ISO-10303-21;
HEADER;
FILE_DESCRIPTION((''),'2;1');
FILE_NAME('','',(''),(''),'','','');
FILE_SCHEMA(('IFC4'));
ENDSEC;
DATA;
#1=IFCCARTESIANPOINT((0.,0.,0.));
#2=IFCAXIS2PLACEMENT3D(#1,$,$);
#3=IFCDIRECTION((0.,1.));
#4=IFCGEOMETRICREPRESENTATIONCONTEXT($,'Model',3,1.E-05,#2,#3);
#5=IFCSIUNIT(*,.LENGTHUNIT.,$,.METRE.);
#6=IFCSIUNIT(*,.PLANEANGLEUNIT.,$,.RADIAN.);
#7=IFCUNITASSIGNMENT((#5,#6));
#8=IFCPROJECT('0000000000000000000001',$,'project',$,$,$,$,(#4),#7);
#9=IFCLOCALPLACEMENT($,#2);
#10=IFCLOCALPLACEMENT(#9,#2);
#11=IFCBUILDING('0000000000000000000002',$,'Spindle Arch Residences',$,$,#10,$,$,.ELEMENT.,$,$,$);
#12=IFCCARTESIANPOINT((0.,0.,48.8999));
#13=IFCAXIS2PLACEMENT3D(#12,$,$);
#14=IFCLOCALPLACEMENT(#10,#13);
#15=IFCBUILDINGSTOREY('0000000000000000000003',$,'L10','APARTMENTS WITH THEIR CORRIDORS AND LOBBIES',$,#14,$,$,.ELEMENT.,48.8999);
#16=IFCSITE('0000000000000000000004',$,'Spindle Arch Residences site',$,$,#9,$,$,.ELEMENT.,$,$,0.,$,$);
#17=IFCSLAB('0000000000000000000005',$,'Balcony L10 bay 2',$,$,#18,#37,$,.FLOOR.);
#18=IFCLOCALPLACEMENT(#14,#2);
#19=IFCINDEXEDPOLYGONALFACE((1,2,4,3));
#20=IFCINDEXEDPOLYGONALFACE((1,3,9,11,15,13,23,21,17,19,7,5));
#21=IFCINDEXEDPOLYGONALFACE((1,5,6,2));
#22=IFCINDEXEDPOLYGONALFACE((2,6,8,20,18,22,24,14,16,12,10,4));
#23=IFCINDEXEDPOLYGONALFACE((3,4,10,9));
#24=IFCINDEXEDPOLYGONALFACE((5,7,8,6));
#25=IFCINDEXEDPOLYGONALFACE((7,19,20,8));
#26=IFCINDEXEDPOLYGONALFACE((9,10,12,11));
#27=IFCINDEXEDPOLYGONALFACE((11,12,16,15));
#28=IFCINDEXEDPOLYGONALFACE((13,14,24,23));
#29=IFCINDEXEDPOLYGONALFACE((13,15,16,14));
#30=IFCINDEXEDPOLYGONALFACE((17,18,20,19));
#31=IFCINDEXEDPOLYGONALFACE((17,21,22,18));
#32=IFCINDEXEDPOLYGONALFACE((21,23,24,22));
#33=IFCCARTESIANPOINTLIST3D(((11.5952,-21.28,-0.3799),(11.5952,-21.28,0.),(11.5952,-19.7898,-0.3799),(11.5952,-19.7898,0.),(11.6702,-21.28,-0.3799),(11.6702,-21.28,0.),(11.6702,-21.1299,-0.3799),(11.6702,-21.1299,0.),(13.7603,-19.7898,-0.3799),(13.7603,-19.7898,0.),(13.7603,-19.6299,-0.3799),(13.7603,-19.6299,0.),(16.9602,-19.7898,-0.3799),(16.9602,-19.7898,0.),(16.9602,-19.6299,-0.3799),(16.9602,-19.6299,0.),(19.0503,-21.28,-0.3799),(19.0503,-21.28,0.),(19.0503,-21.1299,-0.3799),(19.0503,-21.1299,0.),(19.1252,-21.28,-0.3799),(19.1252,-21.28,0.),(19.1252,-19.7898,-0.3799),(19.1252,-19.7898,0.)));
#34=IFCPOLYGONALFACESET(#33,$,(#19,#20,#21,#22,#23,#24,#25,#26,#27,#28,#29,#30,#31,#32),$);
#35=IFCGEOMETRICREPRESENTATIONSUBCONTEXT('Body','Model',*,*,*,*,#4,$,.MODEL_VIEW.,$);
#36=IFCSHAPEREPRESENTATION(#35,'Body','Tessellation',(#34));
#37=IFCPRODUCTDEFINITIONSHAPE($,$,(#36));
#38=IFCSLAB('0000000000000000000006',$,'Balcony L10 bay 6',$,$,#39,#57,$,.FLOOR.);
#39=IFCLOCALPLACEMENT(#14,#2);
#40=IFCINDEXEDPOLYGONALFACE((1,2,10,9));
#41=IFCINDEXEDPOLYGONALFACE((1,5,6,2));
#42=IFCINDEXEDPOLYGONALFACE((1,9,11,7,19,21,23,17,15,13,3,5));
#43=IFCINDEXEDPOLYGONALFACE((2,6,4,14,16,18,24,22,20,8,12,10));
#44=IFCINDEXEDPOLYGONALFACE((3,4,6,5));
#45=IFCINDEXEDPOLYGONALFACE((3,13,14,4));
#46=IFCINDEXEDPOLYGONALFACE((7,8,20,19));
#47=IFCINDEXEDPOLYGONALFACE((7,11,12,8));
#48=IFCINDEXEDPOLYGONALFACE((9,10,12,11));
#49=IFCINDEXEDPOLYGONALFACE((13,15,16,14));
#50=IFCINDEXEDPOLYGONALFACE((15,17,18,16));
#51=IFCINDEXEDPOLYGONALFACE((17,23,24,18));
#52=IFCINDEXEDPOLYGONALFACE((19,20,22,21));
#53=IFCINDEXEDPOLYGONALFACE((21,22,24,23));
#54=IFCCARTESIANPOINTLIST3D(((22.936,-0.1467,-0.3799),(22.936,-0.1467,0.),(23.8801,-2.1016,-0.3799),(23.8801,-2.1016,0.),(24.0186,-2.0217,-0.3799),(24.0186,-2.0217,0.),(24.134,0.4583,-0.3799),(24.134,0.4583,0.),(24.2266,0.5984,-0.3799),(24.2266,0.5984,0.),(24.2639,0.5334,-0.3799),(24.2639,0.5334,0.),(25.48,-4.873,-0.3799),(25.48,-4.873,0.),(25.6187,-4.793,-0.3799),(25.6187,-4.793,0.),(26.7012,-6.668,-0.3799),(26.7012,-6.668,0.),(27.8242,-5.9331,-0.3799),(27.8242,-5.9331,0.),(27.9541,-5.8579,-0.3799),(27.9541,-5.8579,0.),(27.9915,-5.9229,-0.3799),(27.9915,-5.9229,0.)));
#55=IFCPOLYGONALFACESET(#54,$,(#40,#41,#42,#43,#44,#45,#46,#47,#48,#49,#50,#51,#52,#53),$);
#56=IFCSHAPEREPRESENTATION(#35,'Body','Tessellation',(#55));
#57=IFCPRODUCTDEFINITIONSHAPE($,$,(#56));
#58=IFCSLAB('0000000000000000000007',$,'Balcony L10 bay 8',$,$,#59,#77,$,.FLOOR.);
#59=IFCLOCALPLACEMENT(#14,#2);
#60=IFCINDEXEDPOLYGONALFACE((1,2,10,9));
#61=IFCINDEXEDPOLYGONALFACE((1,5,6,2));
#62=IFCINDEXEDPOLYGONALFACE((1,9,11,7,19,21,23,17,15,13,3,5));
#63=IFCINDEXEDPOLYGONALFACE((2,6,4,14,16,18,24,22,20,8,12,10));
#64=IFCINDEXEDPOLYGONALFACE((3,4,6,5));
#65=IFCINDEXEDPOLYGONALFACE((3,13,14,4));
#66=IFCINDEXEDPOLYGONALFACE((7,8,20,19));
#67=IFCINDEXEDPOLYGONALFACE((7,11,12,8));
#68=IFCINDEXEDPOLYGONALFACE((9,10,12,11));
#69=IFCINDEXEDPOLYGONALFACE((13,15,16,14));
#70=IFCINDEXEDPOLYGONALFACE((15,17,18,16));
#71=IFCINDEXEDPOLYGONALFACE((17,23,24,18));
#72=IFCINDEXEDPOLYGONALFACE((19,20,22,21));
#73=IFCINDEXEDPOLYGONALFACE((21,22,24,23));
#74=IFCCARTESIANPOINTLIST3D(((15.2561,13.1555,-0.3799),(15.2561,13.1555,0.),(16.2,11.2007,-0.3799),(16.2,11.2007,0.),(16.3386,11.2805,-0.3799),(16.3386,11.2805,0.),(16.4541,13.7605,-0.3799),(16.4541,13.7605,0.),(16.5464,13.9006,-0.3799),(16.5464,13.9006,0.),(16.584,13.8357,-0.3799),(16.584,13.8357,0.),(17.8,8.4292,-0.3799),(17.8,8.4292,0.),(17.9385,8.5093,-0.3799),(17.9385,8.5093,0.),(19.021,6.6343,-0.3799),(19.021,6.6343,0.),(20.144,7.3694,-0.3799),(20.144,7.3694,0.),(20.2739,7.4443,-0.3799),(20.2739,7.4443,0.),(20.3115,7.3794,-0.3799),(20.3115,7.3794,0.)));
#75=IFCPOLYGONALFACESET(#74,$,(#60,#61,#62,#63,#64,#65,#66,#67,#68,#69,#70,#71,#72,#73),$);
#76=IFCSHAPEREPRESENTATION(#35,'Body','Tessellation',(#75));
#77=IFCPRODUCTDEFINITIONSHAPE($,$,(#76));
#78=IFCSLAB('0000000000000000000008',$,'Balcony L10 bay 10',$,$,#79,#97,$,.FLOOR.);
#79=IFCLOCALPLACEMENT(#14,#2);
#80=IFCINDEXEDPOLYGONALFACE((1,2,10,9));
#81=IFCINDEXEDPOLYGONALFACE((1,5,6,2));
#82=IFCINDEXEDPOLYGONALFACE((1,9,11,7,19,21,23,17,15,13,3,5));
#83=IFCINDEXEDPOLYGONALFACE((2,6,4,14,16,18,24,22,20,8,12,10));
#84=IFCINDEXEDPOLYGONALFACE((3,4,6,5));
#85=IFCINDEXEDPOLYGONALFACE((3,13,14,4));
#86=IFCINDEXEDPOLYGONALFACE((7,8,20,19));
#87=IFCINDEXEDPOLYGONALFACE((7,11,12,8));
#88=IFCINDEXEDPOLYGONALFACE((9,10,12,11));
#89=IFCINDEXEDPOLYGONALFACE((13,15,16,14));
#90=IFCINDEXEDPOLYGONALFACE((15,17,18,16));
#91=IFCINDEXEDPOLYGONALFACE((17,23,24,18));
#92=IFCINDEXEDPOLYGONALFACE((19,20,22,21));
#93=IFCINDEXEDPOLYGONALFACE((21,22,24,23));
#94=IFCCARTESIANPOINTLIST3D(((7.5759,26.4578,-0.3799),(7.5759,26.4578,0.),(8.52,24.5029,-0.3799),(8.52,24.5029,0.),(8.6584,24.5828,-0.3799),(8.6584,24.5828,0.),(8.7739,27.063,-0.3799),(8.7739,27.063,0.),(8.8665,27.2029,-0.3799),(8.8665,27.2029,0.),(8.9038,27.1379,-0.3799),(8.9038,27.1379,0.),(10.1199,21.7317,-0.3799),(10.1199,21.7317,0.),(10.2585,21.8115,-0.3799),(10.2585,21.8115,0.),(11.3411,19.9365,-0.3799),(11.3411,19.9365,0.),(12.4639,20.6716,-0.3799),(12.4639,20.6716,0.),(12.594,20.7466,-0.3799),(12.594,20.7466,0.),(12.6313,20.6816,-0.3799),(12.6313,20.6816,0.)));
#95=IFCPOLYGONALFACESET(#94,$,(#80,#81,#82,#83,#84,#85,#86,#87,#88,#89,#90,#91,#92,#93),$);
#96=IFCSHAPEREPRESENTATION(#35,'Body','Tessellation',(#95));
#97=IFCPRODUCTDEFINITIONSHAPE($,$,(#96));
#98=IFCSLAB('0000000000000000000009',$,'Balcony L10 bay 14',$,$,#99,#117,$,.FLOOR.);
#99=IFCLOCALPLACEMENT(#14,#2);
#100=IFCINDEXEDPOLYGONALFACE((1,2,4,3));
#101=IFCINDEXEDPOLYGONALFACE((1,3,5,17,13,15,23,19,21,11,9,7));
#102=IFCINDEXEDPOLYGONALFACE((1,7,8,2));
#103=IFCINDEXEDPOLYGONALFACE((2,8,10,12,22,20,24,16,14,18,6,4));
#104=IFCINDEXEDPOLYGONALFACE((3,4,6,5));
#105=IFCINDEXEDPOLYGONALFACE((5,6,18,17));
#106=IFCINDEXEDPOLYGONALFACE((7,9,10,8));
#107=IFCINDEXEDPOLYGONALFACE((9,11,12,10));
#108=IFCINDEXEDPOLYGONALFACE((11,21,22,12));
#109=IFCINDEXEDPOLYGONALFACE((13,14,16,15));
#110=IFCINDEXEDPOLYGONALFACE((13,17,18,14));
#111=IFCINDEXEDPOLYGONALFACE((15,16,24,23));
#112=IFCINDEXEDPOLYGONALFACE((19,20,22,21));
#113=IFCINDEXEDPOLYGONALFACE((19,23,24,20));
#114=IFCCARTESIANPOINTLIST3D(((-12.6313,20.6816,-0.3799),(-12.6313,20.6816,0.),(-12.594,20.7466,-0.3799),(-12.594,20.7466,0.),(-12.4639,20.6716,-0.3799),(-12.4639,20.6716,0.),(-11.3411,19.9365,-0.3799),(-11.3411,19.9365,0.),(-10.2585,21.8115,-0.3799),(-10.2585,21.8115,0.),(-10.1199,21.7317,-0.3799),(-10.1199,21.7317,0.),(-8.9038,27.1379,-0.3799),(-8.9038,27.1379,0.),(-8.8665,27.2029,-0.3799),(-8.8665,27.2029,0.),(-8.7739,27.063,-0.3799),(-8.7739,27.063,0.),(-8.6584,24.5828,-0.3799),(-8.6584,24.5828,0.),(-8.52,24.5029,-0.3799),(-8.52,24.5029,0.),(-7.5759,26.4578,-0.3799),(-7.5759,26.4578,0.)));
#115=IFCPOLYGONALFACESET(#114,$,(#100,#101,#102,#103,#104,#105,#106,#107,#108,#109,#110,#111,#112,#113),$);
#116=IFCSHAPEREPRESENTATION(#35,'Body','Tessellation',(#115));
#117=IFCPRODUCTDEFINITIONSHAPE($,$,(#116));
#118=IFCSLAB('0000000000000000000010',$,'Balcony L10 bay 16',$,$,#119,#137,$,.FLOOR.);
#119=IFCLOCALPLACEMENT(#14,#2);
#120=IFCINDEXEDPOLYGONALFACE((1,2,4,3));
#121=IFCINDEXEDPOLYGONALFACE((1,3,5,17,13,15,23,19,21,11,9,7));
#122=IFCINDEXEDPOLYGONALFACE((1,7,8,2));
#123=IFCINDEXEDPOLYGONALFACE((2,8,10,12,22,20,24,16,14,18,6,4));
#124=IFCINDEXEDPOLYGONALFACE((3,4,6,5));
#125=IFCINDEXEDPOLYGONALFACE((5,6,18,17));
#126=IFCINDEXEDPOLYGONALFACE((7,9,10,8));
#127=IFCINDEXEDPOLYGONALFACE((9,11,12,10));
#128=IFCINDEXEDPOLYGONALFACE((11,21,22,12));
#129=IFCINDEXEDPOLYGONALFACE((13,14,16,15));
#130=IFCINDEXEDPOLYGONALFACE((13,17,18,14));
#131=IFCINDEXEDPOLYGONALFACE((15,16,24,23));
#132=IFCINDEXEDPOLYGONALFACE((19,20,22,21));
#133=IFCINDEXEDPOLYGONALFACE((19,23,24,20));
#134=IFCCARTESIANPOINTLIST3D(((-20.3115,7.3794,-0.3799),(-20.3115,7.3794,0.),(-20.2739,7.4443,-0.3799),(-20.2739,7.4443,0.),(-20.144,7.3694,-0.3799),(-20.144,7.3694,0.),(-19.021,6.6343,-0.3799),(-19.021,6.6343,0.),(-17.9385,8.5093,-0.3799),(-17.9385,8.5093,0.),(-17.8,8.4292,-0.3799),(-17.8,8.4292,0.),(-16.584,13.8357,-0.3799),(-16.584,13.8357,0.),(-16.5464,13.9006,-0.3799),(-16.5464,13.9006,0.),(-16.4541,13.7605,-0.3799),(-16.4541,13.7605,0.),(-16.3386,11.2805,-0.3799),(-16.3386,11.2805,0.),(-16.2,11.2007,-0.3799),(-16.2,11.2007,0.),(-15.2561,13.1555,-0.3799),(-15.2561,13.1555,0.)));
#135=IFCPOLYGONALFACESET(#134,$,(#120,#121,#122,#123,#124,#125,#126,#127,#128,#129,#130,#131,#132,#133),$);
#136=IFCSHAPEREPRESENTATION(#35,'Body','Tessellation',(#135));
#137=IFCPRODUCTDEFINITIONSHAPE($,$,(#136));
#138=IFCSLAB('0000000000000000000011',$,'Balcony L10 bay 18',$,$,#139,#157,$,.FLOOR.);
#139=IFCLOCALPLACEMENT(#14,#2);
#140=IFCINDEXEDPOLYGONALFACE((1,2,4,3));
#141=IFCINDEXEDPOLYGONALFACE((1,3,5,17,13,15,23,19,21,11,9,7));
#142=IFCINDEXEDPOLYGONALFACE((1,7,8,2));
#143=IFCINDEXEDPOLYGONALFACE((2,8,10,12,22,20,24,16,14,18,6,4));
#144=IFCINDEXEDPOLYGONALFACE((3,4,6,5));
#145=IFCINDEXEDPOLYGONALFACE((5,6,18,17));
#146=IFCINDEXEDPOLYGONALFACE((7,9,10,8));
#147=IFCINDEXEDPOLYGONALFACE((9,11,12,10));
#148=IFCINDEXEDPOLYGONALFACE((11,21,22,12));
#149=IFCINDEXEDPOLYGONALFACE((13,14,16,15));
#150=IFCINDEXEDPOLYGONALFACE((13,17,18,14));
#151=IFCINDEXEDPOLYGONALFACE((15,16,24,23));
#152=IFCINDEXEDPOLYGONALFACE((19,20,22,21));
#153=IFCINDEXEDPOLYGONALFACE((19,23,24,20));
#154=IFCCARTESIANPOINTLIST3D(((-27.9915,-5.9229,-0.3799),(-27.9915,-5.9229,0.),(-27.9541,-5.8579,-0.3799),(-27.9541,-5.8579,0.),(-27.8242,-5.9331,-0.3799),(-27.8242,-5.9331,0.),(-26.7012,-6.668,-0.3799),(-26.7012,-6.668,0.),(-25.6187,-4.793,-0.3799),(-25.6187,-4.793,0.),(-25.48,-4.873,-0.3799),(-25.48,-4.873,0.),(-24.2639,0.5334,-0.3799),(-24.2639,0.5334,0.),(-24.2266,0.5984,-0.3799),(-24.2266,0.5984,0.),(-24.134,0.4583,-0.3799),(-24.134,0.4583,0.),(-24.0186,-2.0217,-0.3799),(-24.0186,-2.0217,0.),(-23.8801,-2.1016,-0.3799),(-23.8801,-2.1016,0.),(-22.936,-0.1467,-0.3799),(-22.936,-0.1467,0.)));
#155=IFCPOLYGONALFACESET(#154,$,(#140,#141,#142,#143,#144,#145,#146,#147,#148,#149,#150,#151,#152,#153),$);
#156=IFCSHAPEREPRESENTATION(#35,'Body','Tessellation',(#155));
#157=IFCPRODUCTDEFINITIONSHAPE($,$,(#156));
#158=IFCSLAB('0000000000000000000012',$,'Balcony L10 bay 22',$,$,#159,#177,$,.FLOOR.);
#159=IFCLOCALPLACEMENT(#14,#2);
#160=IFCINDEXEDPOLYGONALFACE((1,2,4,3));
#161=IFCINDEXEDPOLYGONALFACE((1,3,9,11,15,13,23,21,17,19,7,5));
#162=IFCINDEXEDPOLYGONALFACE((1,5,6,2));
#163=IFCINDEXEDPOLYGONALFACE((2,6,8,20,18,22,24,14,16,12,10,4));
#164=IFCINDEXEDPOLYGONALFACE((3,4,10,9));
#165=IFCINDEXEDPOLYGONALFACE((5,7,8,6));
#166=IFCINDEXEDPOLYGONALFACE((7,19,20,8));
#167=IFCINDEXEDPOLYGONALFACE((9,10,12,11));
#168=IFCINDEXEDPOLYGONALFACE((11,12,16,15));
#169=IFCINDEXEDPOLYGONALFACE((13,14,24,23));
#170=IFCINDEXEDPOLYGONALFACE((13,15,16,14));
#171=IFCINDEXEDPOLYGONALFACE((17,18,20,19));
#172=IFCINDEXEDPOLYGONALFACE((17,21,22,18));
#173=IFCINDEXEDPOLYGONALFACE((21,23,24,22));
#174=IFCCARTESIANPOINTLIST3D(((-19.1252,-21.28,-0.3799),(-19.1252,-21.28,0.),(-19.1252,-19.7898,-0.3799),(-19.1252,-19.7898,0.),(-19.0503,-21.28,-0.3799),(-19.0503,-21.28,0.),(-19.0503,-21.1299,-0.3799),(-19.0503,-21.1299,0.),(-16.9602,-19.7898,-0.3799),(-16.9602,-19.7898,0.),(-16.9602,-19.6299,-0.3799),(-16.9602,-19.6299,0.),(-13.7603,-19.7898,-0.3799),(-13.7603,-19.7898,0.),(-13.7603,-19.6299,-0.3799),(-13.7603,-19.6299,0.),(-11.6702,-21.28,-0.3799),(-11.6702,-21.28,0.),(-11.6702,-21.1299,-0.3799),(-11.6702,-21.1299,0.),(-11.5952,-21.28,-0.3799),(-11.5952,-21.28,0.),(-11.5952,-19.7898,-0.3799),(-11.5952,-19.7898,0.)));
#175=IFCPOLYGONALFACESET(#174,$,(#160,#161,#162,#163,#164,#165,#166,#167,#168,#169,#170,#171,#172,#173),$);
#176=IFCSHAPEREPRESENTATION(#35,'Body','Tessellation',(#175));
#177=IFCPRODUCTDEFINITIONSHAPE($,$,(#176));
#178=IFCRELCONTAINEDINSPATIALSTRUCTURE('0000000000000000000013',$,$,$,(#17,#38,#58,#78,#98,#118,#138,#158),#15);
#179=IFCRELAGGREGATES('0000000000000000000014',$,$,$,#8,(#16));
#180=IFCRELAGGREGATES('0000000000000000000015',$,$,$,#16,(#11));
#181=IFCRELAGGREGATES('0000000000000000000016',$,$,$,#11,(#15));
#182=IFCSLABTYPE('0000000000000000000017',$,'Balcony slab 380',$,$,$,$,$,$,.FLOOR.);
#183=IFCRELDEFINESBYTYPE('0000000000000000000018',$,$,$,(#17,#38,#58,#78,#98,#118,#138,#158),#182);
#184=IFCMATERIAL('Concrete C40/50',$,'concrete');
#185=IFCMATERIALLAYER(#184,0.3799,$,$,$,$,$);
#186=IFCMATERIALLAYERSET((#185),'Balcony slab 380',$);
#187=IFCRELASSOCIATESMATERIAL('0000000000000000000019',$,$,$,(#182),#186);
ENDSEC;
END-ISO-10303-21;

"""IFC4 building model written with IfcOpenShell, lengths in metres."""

from ifc_helpers import new_model, si_unit, direction, frame, origin, place, context, subcontext, project, spatial, polyline, outline, extrude, material, layer, layer_set, type_object, element, save


model = new_model("IFC4")

# Units and contexts
model_context = context("Model", 3, precision=1e-05, world=origin(), true_north=direction((0.0, 1.0)))
body_context = subcontext(model_context, "Body", "Model", "MODEL_VIEW")
ifc_project = project(units=[si_unit("LENGTHUNIT", "METRE"), si_unit("PLANEANGLEUNIT", "RADIAN")], contexts=[model_context])

# Site, building, storey
site_placement = place(None, origin())
site = spatial("IfcSite", under=ifc_project, at=site_placement, Name="Spindle Arch Residences site", CompositionType="ELEMENT", RefElevation=0.0)
building_placement = place(site_placement, origin())
building = spatial("IfcBuilding", under=site, at=building_placement, Name="Spindle Arch Residences", CompositionType="ELEMENT")
storey_placement = place(building_placement, frame((0.0, 0.0, 48.8999)))
storey = spatial("IfcBuildingStorey", under=building, at=storey_placement, Name="L10", Description="APARTMENTS WITH THEIR CORRIDORS AND LOBBIES", CompositionType="ELEMENT", Elevation=48.8999)

# Slabs
ifc_material_1 = material(Name="Concrete C40/50", Category="concrete")
ifc_layer_1 = layer(ifc_material_1, 0.3799)
ifc_layer_set_1 = layer_set([ifc_layer_1], Name="Balcony slab 380")
slab_type_1 = type_object("IfcSlabType", Name="Balcony slab 380", PredefinedType="FLOOR", material=ifc_layer_set_1)
slab_1_placement = place(storey_placement, frame((0.0, 0.0, -0.3799)))
element("IfcSlab", 1, at=slab_1_placement, inside=storey, type_object=slab_type_1, Name="Balcony L10 bay 2", PredefinedType="FLOOR", context=body_context, shape_type="SweptSolid", body=[
    extrude(outline(polyline([(11.5952, -21.28), (11.6702, -21.28), (11.6702, -21.1299), (19.0503, -21.1299), (19.0503, -21.28), (19.1252, -21.28), (19.1252, -19.7898), (16.9602, -19.7898), (16.9602, -19.6299), (13.7603, -19.6299), (13.7603, -19.7898), (11.5952, -19.7898), (11.5952, -21.28)])), origin(), (0.0, 0.0, 1.0), 0.3799),
])
slab_2_placement = place(storey_placement, frame((0.0, 0.0, -0.3799)))
element("IfcSlab", 2, at=slab_2_placement, inside=storey, type_object=slab_type_1, Name="Balcony L10 bay 6", PredefinedType="FLOOR", context=body_context, shape_type="SweptSolid", body=[
    extrude(outline(polyline([(27.9915, -5.9229), (27.9541, -5.8579), (27.8242, -5.9331), (24.134, 0.4583), (24.2639, 0.5334), (24.2266, 0.5984), (22.936, -0.1467), (24.0186, -2.0217), (23.8801, -2.1016), (25.48, -4.873), (25.6187, -4.793), (26.7012, -6.668), (27.9915, -5.9229)])), origin(), (0.0, 0.0, 1.0), 0.3799),
])
slab_3_placement = place(storey_placement, frame((0.0, 0.0, -0.3799)))
element("IfcSlab", 3, at=slab_3_placement, inside=storey, type_object=slab_type_1, Name="Balcony L10 bay 8", PredefinedType="FLOOR", context=body_context, shape_type="SweptSolid", body=[
    extrude(outline(polyline([(20.3115, 7.3794), (20.2739, 7.4443), (20.144, 7.3694), (16.4541, 13.7605), (16.584, 13.8357), (16.5464, 13.9006), (15.2561, 13.1555), (16.3386, 11.2805), (16.2, 11.2007), (17.8, 8.4292), (17.9385, 8.5093), (19.021, 6.6343), (20.3115, 7.3794)])), origin(), (0.0, 0.0, 1.0), 0.3799),
])
slab_4_placement = place(storey_placement, frame((0.0, 0.0, -0.3799)))
element("IfcSlab", 4, at=slab_4_placement, inside=storey, type_object=slab_type_1, Name="Balcony L10 bay 10", PredefinedType="FLOOR", context=body_context, shape_type="SweptSolid", body=[
    extrude(outline(polyline([(12.6313, 20.6816), (12.594, 20.7466), (12.4639, 20.6716), (8.7739, 27.063), (8.9038, 27.1379), (8.8665, 27.2029), (7.5759, 26.4578), (8.6584, 24.5828), (8.52, 24.5029), (10.1199, 21.7317), (10.2585, 21.8115), (11.3411, 19.9365), (12.6313, 20.6816)])), origin(), (0.0, 0.0, 1.0), 0.3799),
])
slab_5_placement = place(storey_placement, frame((0.0, 0.0, -0.3799)))
element("IfcSlab", 5, at=slab_5_placement, inside=storey, type_object=slab_type_1, Name="Balcony L10 bay 14", PredefinedType="FLOOR", context=body_context, shape_type="SweptSolid", body=[
    extrude(outline(polyline([(-8.8665, 27.2029), (-8.9038, 27.1379), (-8.7739, 27.063), (-12.4639, 20.6716), (-12.594, 20.7466), (-12.6313, 20.6816), (-11.3411, 19.9365), (-10.2585, 21.8115), (-10.1199, 21.7317), (-8.52, 24.5029), (-8.6584, 24.5828), (-7.5759, 26.4578), (-8.8665, 27.2029)])), origin(), (0.0, 0.0, 1.0), 0.3799),
])
slab_6_placement = place(storey_placement, frame((0.0, 0.0, -0.3799)))
element("IfcSlab", 6, at=slab_6_placement, inside=storey, type_object=slab_type_1, Name="Balcony L10 bay 16", PredefinedType="FLOOR", context=body_context, shape_type="SweptSolid", body=[
    extrude(outline(polyline([(-16.5464, 13.9006), (-16.584, 13.8357), (-16.4541, 13.7605), (-20.144, 7.3694), (-20.2739, 7.4443), (-20.3115, 7.3794), (-19.021, 6.6343), (-17.9385, 8.5093), (-17.8, 8.4292), (-16.2, 11.2007), (-16.3386, 11.2805), (-15.2561, 13.1555), (-16.5464, 13.9006)])), origin(), (0.0, 0.0, 1.0), 0.3799),
])
slab_7_placement = place(storey_placement, frame((0.0, 0.0, -0.3799)))
element("IfcSlab", 7, at=slab_7_placement, inside=storey, type_object=slab_type_1, Name="Balcony L10 bay 18", PredefinedType="FLOOR", context=body_context, shape_type="SweptSolid", body=[
    extrude(outline(polyline([(-24.2266, 0.5984), (-24.2639, 0.5334), (-24.134, 0.4583), (-27.8242, -5.9331), (-27.9541, -5.8579), (-27.9915, -5.9229), (-26.7012, -6.668), (-25.6187, -4.793), (-25.48, -4.873), (-23.8801, -2.1016), (-24.0186, -2.0217), (-22.936, -0.1467), (-24.2266, 0.5984)])), origin(), (0.0, 0.0, 1.0), 0.3799),
])
slab_8_placement = place(storey_placement, frame((0.0, 0.0, -0.3799)))
element("IfcSlab", 8, at=slab_8_placement, inside=storey, type_object=slab_type_1, Name="Balcony L10 bay 22", PredefinedType="FLOOR", context=body_context, shape_type="SweptSolid", body=[
    extrude(outline(polyline([(-19.1252, -21.28), (-19.0503, -21.28), (-19.0503, -21.1299), (-11.6702, -21.1299), (-11.6702, -21.28), (-11.5952, -21.28), (-11.5952, -19.7898), (-13.7603, -19.7898), (-13.7603, -19.6299), (-16.9602, -19.6299), (-16.9602, -19.7898), (-19.1252, -19.7898), (-19.1252, -21.28)])), origin(), (0.0, 0.0, 1.0), 0.3799),
])

save(model, "model.ifc")
